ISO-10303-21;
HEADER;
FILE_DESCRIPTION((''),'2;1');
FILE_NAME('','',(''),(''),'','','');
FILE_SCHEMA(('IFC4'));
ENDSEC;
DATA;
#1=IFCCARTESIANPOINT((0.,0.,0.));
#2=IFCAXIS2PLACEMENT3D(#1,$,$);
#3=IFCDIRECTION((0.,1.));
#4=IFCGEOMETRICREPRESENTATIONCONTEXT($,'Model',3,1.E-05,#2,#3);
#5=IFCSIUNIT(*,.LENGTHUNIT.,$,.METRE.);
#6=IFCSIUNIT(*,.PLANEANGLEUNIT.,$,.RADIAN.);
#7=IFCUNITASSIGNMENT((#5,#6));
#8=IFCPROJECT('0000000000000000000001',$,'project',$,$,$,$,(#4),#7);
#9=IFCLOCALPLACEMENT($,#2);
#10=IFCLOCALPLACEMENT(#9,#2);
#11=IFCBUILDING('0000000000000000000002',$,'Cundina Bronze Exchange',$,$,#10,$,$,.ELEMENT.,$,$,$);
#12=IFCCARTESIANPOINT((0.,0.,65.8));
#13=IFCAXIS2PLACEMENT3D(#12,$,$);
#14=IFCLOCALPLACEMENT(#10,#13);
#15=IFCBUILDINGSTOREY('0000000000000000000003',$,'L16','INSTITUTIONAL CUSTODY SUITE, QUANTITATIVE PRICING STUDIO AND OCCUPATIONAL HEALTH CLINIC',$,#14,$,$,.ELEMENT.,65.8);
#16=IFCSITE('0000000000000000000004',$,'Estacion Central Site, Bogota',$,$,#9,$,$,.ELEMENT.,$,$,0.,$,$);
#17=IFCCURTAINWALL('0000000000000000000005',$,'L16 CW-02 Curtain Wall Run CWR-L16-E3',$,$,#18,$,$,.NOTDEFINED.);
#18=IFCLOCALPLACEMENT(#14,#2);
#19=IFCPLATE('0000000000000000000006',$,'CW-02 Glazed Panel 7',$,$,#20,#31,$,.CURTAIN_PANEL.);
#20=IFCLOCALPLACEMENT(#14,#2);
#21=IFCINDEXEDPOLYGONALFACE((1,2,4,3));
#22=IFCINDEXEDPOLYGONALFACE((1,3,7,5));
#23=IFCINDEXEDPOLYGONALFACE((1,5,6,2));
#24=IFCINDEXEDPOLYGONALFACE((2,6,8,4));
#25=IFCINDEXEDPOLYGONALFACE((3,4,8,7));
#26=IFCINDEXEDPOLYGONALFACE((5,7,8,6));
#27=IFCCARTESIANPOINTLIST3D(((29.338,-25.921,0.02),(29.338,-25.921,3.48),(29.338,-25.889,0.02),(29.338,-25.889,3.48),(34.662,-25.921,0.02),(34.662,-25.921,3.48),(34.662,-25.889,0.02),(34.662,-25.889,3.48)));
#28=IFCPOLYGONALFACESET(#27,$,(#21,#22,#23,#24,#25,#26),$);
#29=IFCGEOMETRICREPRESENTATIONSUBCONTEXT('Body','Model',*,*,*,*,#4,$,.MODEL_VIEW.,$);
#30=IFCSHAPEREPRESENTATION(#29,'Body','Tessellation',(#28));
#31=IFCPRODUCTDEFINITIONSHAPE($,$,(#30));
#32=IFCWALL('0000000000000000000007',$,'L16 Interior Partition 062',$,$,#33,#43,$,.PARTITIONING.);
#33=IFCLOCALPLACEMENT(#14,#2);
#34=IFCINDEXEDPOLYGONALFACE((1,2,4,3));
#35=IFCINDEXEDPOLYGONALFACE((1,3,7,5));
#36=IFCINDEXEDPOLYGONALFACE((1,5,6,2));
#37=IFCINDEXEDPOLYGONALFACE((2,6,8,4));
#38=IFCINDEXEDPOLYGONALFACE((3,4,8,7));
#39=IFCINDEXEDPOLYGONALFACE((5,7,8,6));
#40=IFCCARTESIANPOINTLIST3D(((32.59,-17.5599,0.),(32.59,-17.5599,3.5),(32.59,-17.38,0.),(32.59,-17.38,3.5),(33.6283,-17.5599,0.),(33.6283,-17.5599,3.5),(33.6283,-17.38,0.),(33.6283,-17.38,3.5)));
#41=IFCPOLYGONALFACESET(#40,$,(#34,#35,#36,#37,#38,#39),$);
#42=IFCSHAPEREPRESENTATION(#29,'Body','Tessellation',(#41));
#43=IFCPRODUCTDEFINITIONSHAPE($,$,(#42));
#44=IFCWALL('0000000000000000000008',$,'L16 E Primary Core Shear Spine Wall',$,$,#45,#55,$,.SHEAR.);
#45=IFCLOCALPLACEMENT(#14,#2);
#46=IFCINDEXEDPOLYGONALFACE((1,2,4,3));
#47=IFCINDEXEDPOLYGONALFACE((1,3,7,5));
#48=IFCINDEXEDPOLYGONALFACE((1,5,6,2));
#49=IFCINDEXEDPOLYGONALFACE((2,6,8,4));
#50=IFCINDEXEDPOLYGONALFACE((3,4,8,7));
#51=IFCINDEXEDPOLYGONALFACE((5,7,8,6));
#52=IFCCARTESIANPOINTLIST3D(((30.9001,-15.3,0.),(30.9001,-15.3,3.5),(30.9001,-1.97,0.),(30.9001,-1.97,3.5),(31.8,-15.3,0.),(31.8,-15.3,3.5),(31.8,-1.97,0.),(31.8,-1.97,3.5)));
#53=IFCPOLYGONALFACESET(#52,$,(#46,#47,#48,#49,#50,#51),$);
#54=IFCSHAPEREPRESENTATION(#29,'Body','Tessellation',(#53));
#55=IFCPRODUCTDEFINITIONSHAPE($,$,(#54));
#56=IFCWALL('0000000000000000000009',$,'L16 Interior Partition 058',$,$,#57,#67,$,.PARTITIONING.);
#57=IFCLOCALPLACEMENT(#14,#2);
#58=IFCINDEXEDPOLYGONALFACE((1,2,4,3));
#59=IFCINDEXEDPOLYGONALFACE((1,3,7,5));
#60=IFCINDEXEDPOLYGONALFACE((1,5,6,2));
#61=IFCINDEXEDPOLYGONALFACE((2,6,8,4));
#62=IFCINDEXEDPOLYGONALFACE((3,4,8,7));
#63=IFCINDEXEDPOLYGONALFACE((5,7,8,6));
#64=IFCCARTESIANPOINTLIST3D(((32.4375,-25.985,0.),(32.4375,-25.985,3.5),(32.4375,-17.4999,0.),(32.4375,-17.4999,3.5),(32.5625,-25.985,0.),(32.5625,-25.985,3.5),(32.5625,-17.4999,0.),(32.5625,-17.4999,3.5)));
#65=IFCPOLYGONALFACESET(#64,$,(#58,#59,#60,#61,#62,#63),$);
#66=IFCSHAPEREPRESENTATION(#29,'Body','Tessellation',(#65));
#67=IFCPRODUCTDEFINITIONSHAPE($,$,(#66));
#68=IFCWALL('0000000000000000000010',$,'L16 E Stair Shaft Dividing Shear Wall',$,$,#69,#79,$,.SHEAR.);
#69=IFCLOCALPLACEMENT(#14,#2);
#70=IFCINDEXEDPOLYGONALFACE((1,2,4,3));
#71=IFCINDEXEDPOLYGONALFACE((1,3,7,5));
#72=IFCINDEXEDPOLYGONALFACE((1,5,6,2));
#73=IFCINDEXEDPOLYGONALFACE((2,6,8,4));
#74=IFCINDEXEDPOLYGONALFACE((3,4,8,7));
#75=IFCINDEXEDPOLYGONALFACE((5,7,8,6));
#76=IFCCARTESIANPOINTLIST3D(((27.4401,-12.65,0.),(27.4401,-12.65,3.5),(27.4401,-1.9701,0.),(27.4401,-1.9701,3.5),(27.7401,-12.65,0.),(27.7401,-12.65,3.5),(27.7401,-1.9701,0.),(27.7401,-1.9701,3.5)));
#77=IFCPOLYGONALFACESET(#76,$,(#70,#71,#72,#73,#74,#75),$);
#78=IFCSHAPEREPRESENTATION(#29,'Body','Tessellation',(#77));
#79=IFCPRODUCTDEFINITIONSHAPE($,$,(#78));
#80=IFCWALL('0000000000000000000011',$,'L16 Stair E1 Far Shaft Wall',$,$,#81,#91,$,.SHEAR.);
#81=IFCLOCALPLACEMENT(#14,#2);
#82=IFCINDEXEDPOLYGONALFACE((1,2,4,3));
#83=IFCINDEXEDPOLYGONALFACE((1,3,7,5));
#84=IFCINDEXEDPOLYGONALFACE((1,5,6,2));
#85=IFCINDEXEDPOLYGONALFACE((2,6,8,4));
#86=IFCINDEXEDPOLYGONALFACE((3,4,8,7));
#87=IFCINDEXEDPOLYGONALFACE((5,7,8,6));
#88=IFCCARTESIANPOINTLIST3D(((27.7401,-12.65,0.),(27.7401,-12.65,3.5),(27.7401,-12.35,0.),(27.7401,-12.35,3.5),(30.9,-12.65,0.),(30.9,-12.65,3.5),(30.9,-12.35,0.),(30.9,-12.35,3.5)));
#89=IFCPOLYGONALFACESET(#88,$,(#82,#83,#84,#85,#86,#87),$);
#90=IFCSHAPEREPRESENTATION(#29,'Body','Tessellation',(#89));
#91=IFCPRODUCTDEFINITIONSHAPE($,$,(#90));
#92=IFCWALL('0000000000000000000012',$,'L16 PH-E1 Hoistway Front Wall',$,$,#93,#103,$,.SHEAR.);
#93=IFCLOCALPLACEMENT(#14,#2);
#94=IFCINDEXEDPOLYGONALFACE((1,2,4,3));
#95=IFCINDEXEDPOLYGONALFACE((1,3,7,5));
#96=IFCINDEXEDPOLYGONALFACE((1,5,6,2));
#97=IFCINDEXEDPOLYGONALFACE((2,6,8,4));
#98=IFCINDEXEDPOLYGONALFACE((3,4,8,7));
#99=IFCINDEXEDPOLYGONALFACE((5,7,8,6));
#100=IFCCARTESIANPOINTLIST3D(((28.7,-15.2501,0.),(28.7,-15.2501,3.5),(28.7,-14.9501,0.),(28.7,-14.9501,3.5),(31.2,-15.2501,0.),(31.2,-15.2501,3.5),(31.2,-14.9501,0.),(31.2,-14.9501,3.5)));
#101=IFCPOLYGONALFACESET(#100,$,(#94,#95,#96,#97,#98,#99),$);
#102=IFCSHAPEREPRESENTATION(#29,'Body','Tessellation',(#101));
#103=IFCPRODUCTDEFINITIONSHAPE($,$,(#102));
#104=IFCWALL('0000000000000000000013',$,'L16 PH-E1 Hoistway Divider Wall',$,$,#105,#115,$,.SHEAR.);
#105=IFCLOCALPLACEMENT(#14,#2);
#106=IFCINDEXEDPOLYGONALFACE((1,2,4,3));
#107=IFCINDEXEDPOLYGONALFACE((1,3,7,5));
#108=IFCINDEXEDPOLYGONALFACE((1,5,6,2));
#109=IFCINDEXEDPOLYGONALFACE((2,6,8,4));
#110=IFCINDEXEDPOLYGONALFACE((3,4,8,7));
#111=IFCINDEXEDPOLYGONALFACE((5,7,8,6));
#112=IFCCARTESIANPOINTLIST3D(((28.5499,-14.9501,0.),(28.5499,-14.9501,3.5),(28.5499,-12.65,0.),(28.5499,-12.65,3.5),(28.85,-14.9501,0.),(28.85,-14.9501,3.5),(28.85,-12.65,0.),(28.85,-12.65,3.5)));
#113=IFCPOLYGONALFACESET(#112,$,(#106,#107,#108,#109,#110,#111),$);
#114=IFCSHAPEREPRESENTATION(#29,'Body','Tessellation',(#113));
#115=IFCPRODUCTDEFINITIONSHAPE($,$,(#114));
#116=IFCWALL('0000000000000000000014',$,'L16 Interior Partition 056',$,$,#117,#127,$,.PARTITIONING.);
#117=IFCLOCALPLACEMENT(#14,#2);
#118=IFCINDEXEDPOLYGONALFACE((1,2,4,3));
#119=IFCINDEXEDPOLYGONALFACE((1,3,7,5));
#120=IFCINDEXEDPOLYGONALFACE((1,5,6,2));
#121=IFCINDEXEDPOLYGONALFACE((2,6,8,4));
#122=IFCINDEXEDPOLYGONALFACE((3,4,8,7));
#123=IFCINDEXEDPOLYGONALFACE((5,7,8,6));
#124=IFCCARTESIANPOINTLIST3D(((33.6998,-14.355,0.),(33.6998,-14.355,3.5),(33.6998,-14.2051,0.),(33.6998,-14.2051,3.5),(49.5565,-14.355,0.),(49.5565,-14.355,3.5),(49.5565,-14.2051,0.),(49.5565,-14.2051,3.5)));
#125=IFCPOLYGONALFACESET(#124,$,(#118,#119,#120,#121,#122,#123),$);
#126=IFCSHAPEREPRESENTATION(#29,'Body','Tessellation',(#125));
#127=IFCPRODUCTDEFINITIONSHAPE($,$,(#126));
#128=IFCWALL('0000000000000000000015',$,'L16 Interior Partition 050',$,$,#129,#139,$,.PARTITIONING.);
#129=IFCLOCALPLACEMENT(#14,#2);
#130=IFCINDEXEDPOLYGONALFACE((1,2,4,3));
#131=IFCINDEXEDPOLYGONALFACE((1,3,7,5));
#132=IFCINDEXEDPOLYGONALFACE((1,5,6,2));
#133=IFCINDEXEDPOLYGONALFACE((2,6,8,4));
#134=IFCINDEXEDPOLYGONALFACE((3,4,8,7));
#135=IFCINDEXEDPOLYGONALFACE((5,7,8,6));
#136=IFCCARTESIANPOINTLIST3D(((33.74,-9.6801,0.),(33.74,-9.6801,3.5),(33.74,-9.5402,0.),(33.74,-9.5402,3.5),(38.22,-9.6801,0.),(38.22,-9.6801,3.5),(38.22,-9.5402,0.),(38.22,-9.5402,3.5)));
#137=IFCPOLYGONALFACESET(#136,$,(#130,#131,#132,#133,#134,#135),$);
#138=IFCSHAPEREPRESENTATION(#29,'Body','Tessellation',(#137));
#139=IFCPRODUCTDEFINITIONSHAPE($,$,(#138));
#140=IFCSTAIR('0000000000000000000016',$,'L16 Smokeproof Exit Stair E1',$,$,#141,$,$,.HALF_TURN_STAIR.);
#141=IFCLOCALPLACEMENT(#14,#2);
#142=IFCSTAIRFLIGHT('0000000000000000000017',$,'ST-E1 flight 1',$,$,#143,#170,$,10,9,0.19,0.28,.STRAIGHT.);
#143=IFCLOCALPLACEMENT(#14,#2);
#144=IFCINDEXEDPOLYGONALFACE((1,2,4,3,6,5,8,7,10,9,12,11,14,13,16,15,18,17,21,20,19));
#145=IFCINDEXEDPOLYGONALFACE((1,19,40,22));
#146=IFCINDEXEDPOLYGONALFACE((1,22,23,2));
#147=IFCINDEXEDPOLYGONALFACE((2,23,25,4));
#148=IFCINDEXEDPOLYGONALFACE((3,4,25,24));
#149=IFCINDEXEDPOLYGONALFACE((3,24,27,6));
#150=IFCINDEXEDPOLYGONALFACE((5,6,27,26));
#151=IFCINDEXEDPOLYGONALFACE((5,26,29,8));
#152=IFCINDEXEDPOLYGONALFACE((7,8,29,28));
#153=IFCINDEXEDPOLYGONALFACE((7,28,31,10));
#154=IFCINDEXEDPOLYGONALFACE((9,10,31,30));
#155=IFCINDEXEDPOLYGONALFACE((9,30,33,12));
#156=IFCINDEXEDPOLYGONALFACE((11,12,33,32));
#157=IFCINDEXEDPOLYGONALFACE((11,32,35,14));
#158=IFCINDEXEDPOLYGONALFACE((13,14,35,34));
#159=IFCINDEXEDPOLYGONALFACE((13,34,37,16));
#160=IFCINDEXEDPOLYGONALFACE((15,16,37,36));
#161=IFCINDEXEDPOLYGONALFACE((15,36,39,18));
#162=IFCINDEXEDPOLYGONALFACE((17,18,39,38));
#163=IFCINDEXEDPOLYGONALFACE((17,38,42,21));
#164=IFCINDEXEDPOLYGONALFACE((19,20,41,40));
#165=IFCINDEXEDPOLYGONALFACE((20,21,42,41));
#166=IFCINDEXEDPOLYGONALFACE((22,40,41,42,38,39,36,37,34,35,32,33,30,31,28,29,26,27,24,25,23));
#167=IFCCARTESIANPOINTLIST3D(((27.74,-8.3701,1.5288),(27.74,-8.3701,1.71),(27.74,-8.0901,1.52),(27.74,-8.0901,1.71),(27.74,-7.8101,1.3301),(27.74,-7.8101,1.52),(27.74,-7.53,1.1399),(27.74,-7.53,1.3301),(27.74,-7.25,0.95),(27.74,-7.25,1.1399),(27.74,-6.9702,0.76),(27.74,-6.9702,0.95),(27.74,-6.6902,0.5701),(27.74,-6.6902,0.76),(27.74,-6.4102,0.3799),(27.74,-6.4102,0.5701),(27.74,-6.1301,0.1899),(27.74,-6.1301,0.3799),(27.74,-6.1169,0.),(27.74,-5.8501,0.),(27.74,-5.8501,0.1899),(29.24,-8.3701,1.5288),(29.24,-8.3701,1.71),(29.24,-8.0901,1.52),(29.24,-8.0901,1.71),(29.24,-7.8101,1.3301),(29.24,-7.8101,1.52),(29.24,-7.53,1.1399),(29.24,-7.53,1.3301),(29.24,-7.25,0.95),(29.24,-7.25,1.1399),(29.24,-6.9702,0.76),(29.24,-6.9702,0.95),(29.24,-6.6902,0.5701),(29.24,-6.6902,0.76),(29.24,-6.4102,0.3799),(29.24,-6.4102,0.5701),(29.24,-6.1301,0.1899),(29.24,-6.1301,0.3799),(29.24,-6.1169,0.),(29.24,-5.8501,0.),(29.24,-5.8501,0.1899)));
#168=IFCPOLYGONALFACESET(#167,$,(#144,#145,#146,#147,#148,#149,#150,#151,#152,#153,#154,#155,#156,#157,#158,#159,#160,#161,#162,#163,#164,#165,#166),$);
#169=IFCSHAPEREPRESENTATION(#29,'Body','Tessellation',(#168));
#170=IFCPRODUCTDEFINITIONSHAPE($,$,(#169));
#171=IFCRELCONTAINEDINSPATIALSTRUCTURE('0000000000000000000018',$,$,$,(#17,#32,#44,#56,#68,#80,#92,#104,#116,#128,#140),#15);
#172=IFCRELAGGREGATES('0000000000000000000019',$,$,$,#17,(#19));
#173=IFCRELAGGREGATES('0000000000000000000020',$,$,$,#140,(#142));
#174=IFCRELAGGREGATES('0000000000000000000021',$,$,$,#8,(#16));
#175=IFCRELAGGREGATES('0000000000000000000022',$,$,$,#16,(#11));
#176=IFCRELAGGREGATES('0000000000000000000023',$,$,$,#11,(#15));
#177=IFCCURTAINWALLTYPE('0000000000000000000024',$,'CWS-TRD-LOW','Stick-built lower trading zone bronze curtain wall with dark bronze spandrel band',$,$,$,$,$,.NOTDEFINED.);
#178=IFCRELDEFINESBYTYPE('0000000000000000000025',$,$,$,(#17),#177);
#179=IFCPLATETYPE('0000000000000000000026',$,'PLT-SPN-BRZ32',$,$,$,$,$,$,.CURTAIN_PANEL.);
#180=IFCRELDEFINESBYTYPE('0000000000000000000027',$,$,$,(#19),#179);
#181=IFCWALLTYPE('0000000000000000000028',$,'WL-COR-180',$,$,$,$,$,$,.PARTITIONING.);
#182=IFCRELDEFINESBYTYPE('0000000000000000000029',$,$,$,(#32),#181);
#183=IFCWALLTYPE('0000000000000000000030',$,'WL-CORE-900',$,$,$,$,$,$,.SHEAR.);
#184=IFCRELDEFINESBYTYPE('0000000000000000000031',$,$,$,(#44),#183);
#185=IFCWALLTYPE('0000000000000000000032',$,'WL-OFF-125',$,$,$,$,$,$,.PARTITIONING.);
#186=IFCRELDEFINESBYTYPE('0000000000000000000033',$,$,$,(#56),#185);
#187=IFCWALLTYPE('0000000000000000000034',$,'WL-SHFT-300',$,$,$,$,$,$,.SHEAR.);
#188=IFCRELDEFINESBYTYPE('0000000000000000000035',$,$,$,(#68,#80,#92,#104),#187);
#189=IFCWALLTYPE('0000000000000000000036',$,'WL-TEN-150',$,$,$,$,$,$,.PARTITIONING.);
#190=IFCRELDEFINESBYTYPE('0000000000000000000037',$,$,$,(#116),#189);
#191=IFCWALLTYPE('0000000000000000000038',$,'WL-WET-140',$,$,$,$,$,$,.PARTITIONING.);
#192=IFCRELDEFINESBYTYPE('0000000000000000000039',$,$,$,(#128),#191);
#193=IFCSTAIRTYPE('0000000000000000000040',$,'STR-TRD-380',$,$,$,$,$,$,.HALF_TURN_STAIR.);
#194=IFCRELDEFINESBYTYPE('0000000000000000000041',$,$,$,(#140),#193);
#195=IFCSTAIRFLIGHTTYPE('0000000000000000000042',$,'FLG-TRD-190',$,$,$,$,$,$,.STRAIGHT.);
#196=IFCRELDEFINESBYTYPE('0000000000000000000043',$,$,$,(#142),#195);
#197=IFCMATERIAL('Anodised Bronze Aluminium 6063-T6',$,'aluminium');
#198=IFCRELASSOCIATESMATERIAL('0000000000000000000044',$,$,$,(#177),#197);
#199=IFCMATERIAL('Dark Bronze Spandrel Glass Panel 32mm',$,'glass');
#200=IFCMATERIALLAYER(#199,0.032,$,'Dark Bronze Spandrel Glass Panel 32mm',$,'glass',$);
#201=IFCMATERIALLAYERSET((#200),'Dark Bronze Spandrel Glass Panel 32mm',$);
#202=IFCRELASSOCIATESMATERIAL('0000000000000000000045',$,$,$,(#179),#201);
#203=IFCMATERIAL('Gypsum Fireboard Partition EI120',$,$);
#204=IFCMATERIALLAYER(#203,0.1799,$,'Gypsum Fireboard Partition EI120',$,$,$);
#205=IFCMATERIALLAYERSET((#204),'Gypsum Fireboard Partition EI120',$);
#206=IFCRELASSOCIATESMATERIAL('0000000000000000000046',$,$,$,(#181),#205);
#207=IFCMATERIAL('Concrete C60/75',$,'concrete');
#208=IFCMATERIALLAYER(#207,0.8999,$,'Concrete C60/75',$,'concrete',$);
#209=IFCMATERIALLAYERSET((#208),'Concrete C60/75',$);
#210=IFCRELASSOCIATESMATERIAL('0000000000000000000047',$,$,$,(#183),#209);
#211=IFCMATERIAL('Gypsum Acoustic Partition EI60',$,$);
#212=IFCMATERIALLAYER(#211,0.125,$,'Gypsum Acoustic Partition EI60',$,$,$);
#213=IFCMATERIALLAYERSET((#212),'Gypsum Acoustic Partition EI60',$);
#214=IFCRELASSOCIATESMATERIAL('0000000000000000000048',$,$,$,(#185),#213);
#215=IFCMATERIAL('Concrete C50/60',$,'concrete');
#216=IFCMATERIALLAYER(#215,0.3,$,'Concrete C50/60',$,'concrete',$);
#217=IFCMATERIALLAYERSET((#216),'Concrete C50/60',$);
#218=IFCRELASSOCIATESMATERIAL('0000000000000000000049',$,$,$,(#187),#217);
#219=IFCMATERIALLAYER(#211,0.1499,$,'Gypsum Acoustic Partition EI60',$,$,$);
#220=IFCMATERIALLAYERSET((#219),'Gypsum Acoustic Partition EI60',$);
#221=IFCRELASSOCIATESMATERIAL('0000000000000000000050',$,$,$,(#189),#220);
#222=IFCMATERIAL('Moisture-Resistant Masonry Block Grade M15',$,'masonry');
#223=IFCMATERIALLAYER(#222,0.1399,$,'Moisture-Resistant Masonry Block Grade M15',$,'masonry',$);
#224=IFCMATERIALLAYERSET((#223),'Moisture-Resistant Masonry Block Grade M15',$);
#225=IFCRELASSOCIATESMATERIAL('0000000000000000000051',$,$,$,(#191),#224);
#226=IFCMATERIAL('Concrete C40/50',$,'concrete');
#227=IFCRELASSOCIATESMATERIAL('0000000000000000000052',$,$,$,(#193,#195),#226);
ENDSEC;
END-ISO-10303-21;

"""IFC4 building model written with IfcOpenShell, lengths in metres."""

from ifc_helpers import new_model, si_unit, direction, frame, frame_2d, origin, origin_2d, place, context, subcontext, project, spatial, polyline, rectangle, outline, extrude, material, layer, layer_set, type_object, element, aggregate, save


model = new_model("IFC4")

# Units and contexts
model_context = context("Model", 3, precision=1e-05, world=origin(), true_north=direction((0.0, 1.0)))
body_context = subcontext(model_context, "Body", "Model", "MODEL_VIEW")
ifc_project = project(units=[si_unit("LENGTHUNIT", "METRE"), si_unit("PLANEANGLEUNIT", "RADIAN")], contexts=[model_context])

# Site, building, storey
site_placement = place(None, origin())
site = spatial("IfcSite", under=ifc_project, at=site_placement, Name="Estacion Central Site, Bogota", CompositionType="ELEMENT", RefElevation=0.0)
building_placement = place(site_placement, origin())
building = spatial("IfcBuilding", under=site, at=building_placement, Name="Cundina Bronze Exchange", CompositionType="ELEMENT")
storey_placement = place(building_placement, frame((0.0, 0.0, 65.8)))
storey = spatial("IfcBuildingStorey", under=building, at=storey_placement, Name="L16", Description="INSTITUTIONAL CUSTODY SUITE, QUANTITATIVE PRICING STUDIO AND OCCUPATIONAL HEALTH CLINIC", CompositionType="ELEMENT", Elevation=65.8)

# Shared definitions
ifc_material_1 = material(Name="Concrete C60/75", Category="concrete")

# Curtain wall, plate
ifc_material_2 = material(Name="Anodised Bronze Aluminium 6063-T6", Category="aluminium")
curtain_wall_type = type_object("IfcCurtainWallType", Name="CWS-TRD-LOW", Description="Stick-built lower trading zone bronze curtain wall with dark bronze spandrel band", PredefinedType="NOTDEFINED", material=ifc_material_2)
curtain_wall_placement = place(storey_placement, origin())
curtain_wall = element("IfcCurtainWall", 1, at=curtain_wall_placement, inside=storey, type_object=curtain_wall_type, Name="L16 CW-02 Curtain Wall Run CWR-L16-E3", PredefinedType="NOTDEFINED")
ifc_material_3 = material(Name="Dark Bronze Spandrel Glass Panel 32mm", Category="glass")
ifc_layer_1 = layer(ifc_material_3, 0.032, Name="Dark Bronze Spandrel Glass Panel 32mm", Category="glass")
ifc_layer_set_1 = layer_set([ifc_layer_1], Name="Dark Bronze Spandrel Glass Panel 32mm")
plate_type = type_object("IfcPlateType", Name="PLT-SPN-BRZ32", PredefinedType="CURTAIN_PANEL", material=ifc_layer_set_1)
plate_placement = place(storey_placement, frame((32.0, -25.905, 0.02), z_axis=(0.0, 0.0, 1.0), x_axis=(1.0, 0.0, 0.0)))
plate = element("IfcPlate", 2, at=plate_placement, type_object=plate_type, Name="CW-02 Glazed Panel 7", PredefinedType="CURTAIN_PANEL", context=body_context, shape_type="SweptSolid", body=[
    extrude(rectangle(XDim=5.324, YDim=0.032, at=origin_2d()), origin(), (0.0, 0.0, 1.0), 3.46),
])
aggregate(curtain_wall, [plate])

# Shared definitions
ifc_material_4 = material(Name="Gypsum Fireboard Partition EI120")
ifc_layer_2 = layer(ifc_material_4, 0.1799, Name="Gypsum Fireboard Partition EI120")
ifc_layer_set_2 = layer_set([ifc_layer_2], Name="Gypsum Fireboard Partition EI120")
wall_type_1 = type_object("IfcWallType", Name="WL-COR-180", PredefinedType="PARTITIONING", material=ifc_layer_set_2)

# Wall
wall_1_placement = place(storey_placement, frame((32.5901, -17.47, 0.0), z_axis=(0.0, 0.0, 1.0), x_axis=(1.0, 0.0, 0.0)))
element("IfcWall", 3, at=wall_1_placement, inside=storey, type_object=wall_type_1, Name="L16 Interior Partition 062", PredefinedType="PARTITIONING", context=body_context, shape_type="SweptSolid", body=[
    extrude(rectangle(XDim=1.0383, YDim=0.1799, at=frame_2d((0.519, 0.0))), origin(), (0.0, 0.0, 1.0), 3.5),
])

# Walls
ifc_layer_3 = layer(ifc_material_1, 0.8999, Name="Concrete C60/75", Category="concrete")
ifc_layer_set_3 = layer_set([ifc_layer_3], Name="Concrete C60/75")
wall_type_2 = type_object("IfcWallType", Name="WL-CORE-900", PredefinedType="SHEAR", material=ifc_layer_set_3)
wall_2_placement = place(storey_placement, frame((31.3501, -15.3, 0.0), z_axis=(0.0, 0.0, 1.0), x_axis=(0.0, 1.0, 0.0)))
element("IfcWall", 4, at=wall_2_placement, inside=storey, type_object=wall_type_2, Name="L16 E Primary Core Shear Spine Wall", PredefinedType="SHEAR", context=body_context, shape_type="SweptSolid", body=[
    extrude(rectangle(XDim=13.3301, YDim=0.8999, at=frame_2d((6.665, 0.0))), origin(), (0.0, 0.0, 1.0), 3.5),
])
ifc_material_5 = material(Name="Gypsum Acoustic Partition EI60")
ifc_layer_4 = layer(ifc_material_5, 0.125, Name="Gypsum Acoustic Partition EI60")
ifc_layer_set_4 = layer_set([ifc_layer_4], Name="Gypsum Acoustic Partition EI60")
wall_type_3 = type_object("IfcWallType", Name="WL-OFF-125", PredefinedType="PARTITIONING", material=ifc_layer_set_4)
wall_3_placement = place(storey_placement, frame((32.5, -25.9851, 0.0), z_axis=(0.0, 0.0, 1.0), x_axis=(0.0, 1.0, 0.0)))
element("IfcWall", 5, at=wall_3_placement, inside=storey, type_object=wall_type_3, Name="L16 Interior Partition 058", PredefinedType="PARTITIONING", context=body_context, shape_type="SweptSolid", body=[
    extrude(rectangle(XDim=8.4851, YDim=0.125, at=frame_2d((4.2427, 0.0))), origin(), (0.0, 0.0, 1.0), 3.5),
])
ifc_material_6 = material(Name="Concrete C50/60", Category="concrete")
ifc_layer_5 = layer(ifc_material_6, 0.3, Name="Concrete C50/60", Category="concrete")
ifc_layer_set_5 = layer_set([ifc_layer_5], Name="Concrete C50/60")
wall_type_4 = type_object("IfcWallType", Name="WL-SHFT-300", PredefinedType="SHEAR", material=ifc_layer_set_5)
wall_4_placement = place(storey_placement, frame((27.5901, -12.6499, 0.0), z_axis=(0.0, 0.0, 1.0), x_axis=(0.0, 1.0, 0.0)))
element("IfcWall", 6, at=wall_4_placement, inside=storey, type_object=wall_type_4, Name="L16 E Stair Shaft Dividing Shear Wall", PredefinedType="SHEAR", context=body_context, shape_type="SweptSolid", body=[
    extrude(rectangle(XDim=10.6799, YDim=0.3, at=frame_2d((5.3398, 0.0))), origin(), (0.0, 0.0, 1.0), 3.5),
])
wall_5_placement = place(storey_placement, frame((27.74, -12.5, 0.0), z_axis=(0.0, 0.0, 1.0), x_axis=(1.0, 0.0, 0.0)))
element("IfcWall", 7, at=wall_5_placement, inside=storey, type_object=wall_type_4, Name="L16 Stair E1 Far Shaft Wall", PredefinedType="SHEAR", context=body_context, shape_type="SweptSolid", body=[
    extrude(rectangle(XDim=3.1599, YDim=0.3, at=frame_2d((1.5801, 0.0))), origin(), (0.0, 0.0, 1.0), 3.5),
])
wall_6_placement = place(storey_placement, frame((28.7, -15.1001, 0.0), z_axis=(0.0, 0.0, 1.0), x_axis=(1.0, 0.0, 0.0)))
element("IfcWall", 8, at=wall_6_placement, inside=storey, type_object=wall_type_4, Name="L16 PH-E1 Hoistway Front Wall", PredefinedType="SHEAR", context=body_context, shape_type="SweptSolid", body=[
    extrude(rectangle(XDim=2.5, YDim=0.3, at=frame_2d((1.25, 0.0))), origin(), (0.0, 0.0, 1.0), 3.5),
])
wall_7_placement = place(storey_placement, frame((28.7, -14.95, 0.0), z_axis=(0.0, 0.0, 1.0), x_axis=(0.0, 1.0, 0.0)))
element("IfcWall", 9, at=wall_7_placement, inside=storey, type_object=wall_type_4, Name="L16 PH-E1 Hoistway Divider Wall", PredefinedType="SHEAR", context=body_context, shape_type="SweptSolid", body=[
    extrude(rectangle(XDim=2.3, YDim=0.3, at=frame_2d((1.1499, 0.0))), origin(), (0.0, 0.0, 1.0), 3.5),
])
ifc_layer_6 = layer(ifc_material_5, 0.1499, Name="Gypsum Acoustic Partition EI60")
ifc_layer_set_6 = layer_set([ifc_layer_6], Name="Gypsum Acoustic Partition EI60")
wall_type_5 = type_object("IfcWallType", Name="WL-TEN-150", PredefinedType="PARTITIONING", material=ifc_layer_set_6)
wall_8_placement = place(storey_placement, frame((33.7, -14.28, 0.0), z_axis=(0.0, 0.0, 1.0), x_axis=(1.0, 0.0, 0.0)))
element("IfcWall", 10, at=wall_8_placement, inside=storey, type_object=wall_type_5, Name="L16 Interior Partition 056", PredefinedType="PARTITIONING", context=body_context, shape_type="SweptSolid", body=[
    extrude(rectangle(XDim=15.8567, YDim=0.1499, at=frame_2d((7.9282, 0.0))), origin(), (0.0, 0.0, 1.0), 3.5),
])
ifc_material_7 = material(Name="Moisture-Resistant Masonry Block Grade M15", Category="masonry")
ifc_layer_7 = layer(ifc_material_7, 0.1399, Name="Moisture-Resistant Masonry Block Grade M15", Category="masonry")
ifc_layer_set_7 = layer_set([ifc_layer_7], Name="Moisture-Resistant Masonry Block Grade M15")
wall_type_6 = type_object("IfcWallType", Name="WL-WET-140", PredefinedType="PARTITIONING", material=ifc_layer_set_7)
wall_9_placement = place(storey_placement, frame((33.74, -9.6101, 0.0), z_axis=(0.0, 0.0, 1.0), x_axis=(1.0, 0.0, 0.0)))
element("IfcWall", 11, at=wall_9_placement, inside=storey, type_object=wall_type_6, Name="L16 Interior Partition 050", PredefinedType="PARTITIONING", context=body_context, shape_type="SweptSolid", body=[
    extrude(rectangle(XDim=4.48, YDim=0.1399, at=frame_2d((2.24, 0.0))), origin(), (0.0, 0.0, 1.0), 3.5),
])

# Stair, stair flight
ifc_material_8 = material(Name="Concrete C40/50", Category="concrete")
stair_type = type_object("IfcStairType", Name="STR-TRD-380", PredefinedType="HALF_TURN_STAIR", material=ifc_material_8)
stair_placement = place(storey_placement, origin())
stair = element("IfcStair", 12, at=stair_placement, inside=storey, type_object=stair_type, Name="L16 Smokeproof Exit Stair E1", PredefinedType="HALF_TURN_STAIR")
stair_flight_type = type_object("IfcStairFlightType", Name="FLG-TRD-190", PredefinedType="STRAIGHT", material=ifc_material_8)
stair_flight_1_placement = place(storey_placement, frame((28.49, -5.8501, 0.0), z_axis=(0.0, 0.0, 1.0), x_axis=(0.0, -1.0, 0.0)))
stair_flight_1 = element("IfcStairFlight", 13, at=stair_flight_1_placement, type_object=stair_flight_type, Name="ST-E1 flight 1", NumberOfRisers=10, NumberOfTreads=9, PredefinedType="STRAIGHT", RiserHeight=0.19, TreadLength=0.28, context=body_context, shape_type="SweptSolid", body=[
    extrude(outline(polyline([(0.0, 0.0), (0.0, 0.1899), (0.28, 0.1899), (0.28, 0.3799), (0.5601, 0.3799), (0.5601, 0.5701), (0.8401, 0.5701), (0.8401, 0.76), (1.1201, 0.76), (1.1201, 0.95), (1.3999, 0.95), (1.3999, 1.1399), (1.6799, 1.1399), (1.6799, 1.3301), (1.96, 1.3301), (1.96, 1.52), (2.24, 1.52), (2.24, 1.71), (2.52, 1.71), (2.52, 1.8999), (2.52, 1.5288), (0.2668, 0.0), (0.0, 0.0)])), frame((0.0, 0.75, 0.0), z_axis=(0.0, -1.0, 0.0), x_axis=(1.0, 0.0, 0.0)), (0.0, 0.0, 1.0), 1.5),
])
aggregate(stair, [stair_flight_1])

save(model, "model.ifc")
